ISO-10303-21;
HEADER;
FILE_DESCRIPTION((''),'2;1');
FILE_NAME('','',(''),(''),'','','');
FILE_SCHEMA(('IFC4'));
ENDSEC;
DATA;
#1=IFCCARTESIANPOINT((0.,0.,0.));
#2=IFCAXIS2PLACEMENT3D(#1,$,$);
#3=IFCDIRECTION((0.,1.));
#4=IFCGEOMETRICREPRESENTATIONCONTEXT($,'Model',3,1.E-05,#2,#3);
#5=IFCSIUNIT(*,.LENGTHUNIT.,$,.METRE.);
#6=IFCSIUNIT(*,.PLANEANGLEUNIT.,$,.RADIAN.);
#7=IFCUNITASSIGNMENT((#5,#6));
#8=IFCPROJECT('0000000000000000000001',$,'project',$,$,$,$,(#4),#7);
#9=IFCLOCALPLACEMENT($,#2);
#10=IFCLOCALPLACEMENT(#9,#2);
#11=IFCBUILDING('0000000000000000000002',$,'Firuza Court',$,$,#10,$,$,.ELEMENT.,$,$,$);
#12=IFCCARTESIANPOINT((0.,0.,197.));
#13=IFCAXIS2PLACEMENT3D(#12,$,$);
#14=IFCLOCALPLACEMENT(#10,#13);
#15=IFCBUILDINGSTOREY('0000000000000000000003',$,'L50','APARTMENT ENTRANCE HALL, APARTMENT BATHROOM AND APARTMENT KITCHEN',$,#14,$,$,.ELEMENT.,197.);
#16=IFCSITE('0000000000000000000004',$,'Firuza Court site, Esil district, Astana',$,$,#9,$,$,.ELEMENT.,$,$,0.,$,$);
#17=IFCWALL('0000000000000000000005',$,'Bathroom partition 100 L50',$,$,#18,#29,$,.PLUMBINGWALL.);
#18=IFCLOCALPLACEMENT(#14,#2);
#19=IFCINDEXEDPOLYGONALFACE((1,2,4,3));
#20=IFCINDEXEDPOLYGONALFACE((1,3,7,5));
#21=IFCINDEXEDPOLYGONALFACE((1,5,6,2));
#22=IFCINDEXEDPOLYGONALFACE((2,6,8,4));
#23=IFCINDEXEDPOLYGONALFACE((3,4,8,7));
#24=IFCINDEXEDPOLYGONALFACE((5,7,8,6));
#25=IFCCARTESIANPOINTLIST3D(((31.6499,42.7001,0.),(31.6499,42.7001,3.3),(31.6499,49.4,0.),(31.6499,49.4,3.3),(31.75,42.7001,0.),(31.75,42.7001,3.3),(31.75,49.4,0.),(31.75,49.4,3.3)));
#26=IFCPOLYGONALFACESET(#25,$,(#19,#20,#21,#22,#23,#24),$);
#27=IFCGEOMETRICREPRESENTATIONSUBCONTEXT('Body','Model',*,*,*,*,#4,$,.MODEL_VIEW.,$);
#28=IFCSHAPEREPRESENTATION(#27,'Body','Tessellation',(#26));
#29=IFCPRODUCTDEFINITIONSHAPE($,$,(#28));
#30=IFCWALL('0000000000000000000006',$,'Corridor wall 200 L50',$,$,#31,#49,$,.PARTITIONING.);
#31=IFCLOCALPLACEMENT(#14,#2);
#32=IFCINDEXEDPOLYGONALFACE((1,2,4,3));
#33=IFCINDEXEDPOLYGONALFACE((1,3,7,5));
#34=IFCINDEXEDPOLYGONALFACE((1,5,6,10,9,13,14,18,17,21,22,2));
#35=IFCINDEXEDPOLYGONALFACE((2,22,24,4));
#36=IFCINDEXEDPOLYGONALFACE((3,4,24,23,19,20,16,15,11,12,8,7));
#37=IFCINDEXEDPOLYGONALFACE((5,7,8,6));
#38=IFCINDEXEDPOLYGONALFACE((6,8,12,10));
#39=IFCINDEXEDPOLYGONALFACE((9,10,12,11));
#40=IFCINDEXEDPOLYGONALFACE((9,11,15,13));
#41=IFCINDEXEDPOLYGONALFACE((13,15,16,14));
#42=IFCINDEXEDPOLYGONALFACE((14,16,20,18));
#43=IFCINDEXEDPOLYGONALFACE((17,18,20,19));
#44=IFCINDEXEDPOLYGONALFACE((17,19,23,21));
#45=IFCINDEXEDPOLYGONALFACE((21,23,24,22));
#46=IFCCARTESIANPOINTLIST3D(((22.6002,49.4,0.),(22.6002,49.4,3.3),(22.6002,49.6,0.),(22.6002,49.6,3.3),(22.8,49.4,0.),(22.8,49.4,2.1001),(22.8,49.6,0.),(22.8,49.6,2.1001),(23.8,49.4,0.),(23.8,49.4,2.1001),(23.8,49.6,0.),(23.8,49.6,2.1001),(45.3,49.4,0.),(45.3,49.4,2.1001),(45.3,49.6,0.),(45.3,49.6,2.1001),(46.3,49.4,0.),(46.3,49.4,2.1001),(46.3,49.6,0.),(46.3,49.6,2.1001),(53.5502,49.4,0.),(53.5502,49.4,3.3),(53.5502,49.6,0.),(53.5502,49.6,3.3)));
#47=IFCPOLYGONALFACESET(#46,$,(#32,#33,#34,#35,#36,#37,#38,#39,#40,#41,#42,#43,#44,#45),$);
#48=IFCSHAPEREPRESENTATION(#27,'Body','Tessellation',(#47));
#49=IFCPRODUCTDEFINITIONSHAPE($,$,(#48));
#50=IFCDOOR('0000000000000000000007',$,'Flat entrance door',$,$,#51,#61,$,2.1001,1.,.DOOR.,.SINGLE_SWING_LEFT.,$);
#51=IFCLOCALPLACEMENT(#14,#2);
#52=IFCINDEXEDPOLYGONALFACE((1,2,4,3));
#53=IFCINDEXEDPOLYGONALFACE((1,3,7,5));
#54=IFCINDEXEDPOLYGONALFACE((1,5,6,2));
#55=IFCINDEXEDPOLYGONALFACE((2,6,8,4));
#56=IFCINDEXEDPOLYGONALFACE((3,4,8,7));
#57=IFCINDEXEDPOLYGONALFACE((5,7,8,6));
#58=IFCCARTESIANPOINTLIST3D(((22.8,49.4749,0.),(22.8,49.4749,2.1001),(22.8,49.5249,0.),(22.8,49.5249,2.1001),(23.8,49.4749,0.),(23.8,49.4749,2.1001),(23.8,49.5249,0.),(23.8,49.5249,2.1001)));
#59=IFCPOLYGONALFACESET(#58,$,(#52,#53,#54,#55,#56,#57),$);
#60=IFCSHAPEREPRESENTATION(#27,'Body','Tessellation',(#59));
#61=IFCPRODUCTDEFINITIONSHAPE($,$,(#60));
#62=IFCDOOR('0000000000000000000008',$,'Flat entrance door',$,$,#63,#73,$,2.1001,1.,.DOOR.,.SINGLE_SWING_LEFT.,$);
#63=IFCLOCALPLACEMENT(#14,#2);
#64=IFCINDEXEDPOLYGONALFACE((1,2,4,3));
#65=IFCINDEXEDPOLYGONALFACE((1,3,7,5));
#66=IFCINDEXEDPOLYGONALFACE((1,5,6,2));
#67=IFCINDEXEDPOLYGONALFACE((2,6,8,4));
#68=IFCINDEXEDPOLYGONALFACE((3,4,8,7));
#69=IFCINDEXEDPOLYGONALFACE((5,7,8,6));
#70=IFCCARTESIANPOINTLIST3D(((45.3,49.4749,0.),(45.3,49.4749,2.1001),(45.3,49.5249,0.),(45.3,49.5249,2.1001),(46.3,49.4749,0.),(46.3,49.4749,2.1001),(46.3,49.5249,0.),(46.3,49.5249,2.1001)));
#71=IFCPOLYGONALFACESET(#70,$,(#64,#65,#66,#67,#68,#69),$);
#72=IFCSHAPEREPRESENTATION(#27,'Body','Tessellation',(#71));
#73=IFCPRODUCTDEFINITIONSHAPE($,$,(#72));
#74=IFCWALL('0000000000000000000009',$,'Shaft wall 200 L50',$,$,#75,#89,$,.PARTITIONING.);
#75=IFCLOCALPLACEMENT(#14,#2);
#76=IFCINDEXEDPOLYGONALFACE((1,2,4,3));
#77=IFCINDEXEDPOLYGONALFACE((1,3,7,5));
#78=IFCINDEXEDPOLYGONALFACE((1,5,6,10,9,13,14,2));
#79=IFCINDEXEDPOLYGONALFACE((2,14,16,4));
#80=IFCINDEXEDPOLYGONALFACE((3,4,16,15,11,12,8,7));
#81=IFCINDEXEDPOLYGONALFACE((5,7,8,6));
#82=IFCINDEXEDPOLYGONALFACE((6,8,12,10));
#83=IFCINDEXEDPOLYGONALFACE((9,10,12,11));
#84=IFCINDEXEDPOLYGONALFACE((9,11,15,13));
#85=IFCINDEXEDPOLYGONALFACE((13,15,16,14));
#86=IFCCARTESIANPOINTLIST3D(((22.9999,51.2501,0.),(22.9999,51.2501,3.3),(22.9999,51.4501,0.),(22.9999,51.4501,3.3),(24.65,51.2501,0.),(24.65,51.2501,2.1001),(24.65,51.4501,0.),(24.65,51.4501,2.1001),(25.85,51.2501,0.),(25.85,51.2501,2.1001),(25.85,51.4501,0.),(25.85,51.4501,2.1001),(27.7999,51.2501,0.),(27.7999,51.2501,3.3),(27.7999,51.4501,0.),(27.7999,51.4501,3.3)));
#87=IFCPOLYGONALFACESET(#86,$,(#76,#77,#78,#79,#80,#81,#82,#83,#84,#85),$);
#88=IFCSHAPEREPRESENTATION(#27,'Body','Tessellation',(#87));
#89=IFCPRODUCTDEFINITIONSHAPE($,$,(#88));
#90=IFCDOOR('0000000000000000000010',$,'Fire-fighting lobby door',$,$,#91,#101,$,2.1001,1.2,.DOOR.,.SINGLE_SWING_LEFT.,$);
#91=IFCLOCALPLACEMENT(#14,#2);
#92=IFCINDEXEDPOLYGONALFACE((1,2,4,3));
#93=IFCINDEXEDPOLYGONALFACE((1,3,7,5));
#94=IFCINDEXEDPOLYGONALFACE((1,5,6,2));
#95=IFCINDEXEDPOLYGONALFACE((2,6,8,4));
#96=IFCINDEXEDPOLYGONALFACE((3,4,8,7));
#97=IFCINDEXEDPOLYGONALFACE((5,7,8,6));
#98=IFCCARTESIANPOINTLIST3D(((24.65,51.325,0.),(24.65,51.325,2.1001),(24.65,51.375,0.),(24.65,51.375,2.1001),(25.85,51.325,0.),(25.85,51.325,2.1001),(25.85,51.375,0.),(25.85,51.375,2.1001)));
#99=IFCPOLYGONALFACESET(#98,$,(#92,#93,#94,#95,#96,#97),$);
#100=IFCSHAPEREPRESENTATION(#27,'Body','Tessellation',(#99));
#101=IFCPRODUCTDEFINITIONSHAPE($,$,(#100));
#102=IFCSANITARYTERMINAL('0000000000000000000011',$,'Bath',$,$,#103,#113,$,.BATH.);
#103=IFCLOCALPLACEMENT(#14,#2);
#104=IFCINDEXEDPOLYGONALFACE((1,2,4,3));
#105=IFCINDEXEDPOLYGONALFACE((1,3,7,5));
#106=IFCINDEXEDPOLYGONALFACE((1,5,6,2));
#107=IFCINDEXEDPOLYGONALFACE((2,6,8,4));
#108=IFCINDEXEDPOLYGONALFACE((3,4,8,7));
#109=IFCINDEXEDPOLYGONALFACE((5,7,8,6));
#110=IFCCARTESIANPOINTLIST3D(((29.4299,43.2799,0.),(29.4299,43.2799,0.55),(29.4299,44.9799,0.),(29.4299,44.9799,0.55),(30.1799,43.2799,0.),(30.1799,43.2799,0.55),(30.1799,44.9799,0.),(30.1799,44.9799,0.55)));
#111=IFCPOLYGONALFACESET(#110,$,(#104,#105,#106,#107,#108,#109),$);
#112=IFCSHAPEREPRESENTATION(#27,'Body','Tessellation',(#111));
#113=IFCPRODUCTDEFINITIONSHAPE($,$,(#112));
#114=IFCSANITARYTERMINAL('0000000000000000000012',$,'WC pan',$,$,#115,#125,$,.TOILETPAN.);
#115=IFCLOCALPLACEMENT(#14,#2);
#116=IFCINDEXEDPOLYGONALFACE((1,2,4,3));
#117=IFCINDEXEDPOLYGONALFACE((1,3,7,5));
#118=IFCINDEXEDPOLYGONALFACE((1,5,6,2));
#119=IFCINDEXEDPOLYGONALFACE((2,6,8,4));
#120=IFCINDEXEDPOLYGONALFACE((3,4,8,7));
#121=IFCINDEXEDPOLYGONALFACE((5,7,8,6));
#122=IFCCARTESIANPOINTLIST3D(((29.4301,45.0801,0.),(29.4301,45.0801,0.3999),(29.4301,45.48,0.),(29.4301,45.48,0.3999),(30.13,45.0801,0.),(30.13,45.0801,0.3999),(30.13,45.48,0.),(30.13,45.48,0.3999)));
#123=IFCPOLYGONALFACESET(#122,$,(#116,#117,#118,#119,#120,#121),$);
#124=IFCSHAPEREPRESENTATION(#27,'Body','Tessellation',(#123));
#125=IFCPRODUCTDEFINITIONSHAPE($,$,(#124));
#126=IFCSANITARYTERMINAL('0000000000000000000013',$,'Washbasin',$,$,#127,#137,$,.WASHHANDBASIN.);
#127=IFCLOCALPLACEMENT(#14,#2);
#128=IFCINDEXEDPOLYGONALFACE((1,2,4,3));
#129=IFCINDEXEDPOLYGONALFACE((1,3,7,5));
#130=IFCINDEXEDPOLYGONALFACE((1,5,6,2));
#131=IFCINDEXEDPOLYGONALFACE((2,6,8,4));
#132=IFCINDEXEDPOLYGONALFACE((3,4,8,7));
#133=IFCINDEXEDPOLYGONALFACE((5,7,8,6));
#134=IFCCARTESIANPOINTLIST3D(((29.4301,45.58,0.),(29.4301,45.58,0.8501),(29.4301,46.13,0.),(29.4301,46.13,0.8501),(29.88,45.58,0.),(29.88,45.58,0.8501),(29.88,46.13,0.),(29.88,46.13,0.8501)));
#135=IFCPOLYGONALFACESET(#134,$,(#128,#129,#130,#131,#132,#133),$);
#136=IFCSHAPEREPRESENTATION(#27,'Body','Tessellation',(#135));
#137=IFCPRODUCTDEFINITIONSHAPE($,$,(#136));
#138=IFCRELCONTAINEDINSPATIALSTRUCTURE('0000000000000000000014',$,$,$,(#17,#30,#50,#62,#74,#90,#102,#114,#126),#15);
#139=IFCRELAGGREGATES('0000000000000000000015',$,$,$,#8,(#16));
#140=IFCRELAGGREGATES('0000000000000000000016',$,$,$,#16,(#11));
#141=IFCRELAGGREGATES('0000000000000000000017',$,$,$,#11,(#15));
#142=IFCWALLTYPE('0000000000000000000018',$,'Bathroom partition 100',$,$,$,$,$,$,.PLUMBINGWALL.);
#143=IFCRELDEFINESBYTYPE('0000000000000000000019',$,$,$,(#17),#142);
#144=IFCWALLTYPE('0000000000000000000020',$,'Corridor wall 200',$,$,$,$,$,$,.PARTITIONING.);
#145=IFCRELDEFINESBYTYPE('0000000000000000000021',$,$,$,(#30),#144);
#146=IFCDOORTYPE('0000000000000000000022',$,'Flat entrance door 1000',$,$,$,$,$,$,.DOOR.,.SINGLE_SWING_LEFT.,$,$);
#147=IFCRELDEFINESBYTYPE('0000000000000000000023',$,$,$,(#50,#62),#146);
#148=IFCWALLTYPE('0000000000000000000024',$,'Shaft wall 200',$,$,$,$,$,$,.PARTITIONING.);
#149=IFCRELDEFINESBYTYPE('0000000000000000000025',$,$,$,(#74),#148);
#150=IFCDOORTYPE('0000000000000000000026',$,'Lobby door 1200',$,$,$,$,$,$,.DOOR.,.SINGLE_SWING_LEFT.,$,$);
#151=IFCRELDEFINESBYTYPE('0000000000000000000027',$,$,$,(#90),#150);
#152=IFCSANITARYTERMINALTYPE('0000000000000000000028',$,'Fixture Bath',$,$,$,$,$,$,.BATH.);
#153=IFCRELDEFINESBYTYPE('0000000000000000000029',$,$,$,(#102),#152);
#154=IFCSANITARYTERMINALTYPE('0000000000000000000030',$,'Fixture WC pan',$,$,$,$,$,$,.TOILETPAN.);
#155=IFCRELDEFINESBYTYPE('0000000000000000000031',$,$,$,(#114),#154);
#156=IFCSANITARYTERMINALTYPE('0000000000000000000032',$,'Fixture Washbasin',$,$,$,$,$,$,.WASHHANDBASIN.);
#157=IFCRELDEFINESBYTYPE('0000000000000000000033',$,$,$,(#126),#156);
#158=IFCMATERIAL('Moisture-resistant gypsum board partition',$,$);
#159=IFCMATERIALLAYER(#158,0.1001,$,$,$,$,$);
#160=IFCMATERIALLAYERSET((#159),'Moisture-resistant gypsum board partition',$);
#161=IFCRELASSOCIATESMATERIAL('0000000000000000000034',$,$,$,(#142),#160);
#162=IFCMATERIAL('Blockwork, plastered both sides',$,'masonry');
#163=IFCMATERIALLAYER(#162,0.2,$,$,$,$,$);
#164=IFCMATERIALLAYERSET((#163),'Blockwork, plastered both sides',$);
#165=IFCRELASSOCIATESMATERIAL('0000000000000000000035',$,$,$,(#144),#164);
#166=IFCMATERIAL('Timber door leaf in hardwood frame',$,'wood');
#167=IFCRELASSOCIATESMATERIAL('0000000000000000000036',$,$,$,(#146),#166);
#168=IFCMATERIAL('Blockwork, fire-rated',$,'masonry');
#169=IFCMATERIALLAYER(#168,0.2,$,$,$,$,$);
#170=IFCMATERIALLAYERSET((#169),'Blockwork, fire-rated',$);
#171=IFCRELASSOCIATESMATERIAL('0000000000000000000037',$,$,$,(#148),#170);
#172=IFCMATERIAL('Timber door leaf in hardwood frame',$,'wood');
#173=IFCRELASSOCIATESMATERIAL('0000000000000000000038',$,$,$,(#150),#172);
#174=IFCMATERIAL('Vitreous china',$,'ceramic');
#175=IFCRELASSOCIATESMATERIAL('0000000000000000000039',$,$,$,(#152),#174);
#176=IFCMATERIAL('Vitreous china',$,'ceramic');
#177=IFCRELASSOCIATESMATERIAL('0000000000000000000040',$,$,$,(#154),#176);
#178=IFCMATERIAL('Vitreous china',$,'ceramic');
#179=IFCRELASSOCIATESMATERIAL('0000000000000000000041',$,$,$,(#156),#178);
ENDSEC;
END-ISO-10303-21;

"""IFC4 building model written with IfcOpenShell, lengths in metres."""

from ifc_helpers import new_model, si_unit, direction, frame, frame_2d, origin, origin_2d, place, context, subcontext, project, spatial, rectangle, extrude, material, layer, layer_set, type_object, element, fill, save


model = new_model("IFC4")

# Units and contexts
model_context = context("Model", 3, precision=1e-05, world=origin(), true_north=direction((0.0, 1.0)))
body_context = subcontext(model_context, "Body", "Model", "MODEL_VIEW")
ifc_project = project(units=[si_unit("LENGTHUNIT", "METRE"), si_unit("PLANEANGLEUNIT", "RADIAN")], contexts=[model_context])

# Site, building, storey
site_placement = place(None, origin())
site = spatial("IfcSite", under=ifc_project, at=site_placement, Name="Firuza Court site, Esil district, Astana", CompositionType="ELEMENT", RefElevation=0.0)
building_placement = place(site_placement, origin())
building = spatial("IfcBuilding", under=site, at=building_placement, Name="Firuza Court", CompositionType="ELEMENT")
storey_placement = place(building_placement, frame((0.0, 0.0, 197.0)))
storey = spatial("IfcBuildingStorey", under=building, at=storey_placement, Name="L50", Description="APARTMENT ENTRANCE HALL, APARTMENT BATHROOM AND APARTMENT KITCHEN", CompositionType="ELEMENT", Elevation=197.0)

# Wall
ifc_material_1 = material(Name="Moisture-resistant gypsum board partition")
ifc_layer_1 = layer(ifc_material_1, 0.1001)
ifc_layer_set_1 = layer_set([ifc_layer_1], Name="Moisture-resistant gypsum board partition")
wall_type_1 = type_object("IfcWallType", Name="Bathroom partition 100", PredefinedType="PLUMBINGWALL", material=ifc_layer_set_1)
wall_1_placement = place(storey_placement, frame((31.7, 42.7, 0.0), z_axis=(0.0, 0.0, 1.0), x_axis=(0.0, 1.0, 0.0)))
element("IfcWall", 1, at=wall_1_placement, inside=storey, type_object=wall_type_1, Name="Bathroom partition 100 L50", PredefinedType="PLUMBINGWALL", context=body_context, shape_type="SweptSolid", body=[
    extrude(rectangle(XDim=6.7, YDim=0.1001, at=frame_2d((3.3501, 0.0))), origin(), (0.0, 0.0, 1.0), 3.3),
])

# Wall, openings, doors
ifc_material_2 = material(Name="Blockwork, plastered both sides", Category="masonry")
ifc_layer_2 = layer(ifc_material_2, 0.2)
ifc_layer_set_2 = layer_set([ifc_layer_2], Name="Blockwork, plastered both sides")
wall_type_2 = type_object("IfcWallType", Name="Corridor wall 200", PredefinedType="PARTITIONING", material=ifc_layer_set_2)
wall_2_placement = place(storey_placement, frame((22.6001, 49.5, 0.0), z_axis=(0.0, 0.0, 1.0), x_axis=(1.0, 0.0, 0.0)))
wall_2 = element("IfcWall", 2, at=wall_2_placement, inside=storey, type_object=wall_type_2, Name="Corridor wall 200 L50", PredefinedType="PARTITIONING", context=body_context, shape_type="SweptSolid", body=[
    extrude(rectangle(XDim=30.95, YDim=0.2, at=frame_2d((15.4751, 0.0))), origin(), (0.0, 0.0, 1.0), 3.3),
])
opening_1_placement = place(wall_2_placement, frame((0.2, 0.0, 0.0)))
opening_1 = element("IfcOpeningElement", 3, at=opening_1_placement, cuts=wall_2, PredefinedType="OPENING", context=body_context, shape_type="SweptSolid", body=[
    extrude(rectangle(XDim=1.0, YDim=2.1001, at=frame_2d((0.5, 1.05))), frame((0.0, 0.1118, 0.0), z_axis=(0.0, -1.0, 0.0), x_axis=(1.0, 0.0, 0.0)), (0.0, 0.0, 1.0), 0.2239),
])
opening_2_placement = place(wall_2_placement, frame((22.7, 0.0, 0.0)))
opening_2 = element("IfcOpeningElement", 4, at=opening_2_placement, cuts=wall_2, PredefinedType="OPENING", context=body_context, shape_type="SweptSolid", body=[
    extrude(rectangle(XDim=1.0, YDim=2.1001, at=frame_2d((0.5, 1.05))), frame((0.0, 0.1118, 0.0), z_axis=(0.0, -1.0, 0.0), x_axis=(1.0, 0.0, 0.0)), (0.0, 0.0, 1.0), 0.2239),
])
ifc_material_3 = material(Name="Timber door leaf in hardwood frame", Category="wood")
door_type_1 = type_object("IfcDoorType", Name="Flat entrance door 1000", OperationType="SINGLE_SWING_LEFT", PredefinedType="DOOR", material=ifc_material_3)
door_1_placement = place(opening_1_placement, origin())
door_1 = element("IfcDoor", 5, at=door_1_placement, inside=storey, type_object=door_type_1, Name="Flat entrance door", OperationType="SINGLE_SWING_LEFT", OverallHeight=2.1001, OverallWidth=1.0, PredefinedType="DOOR", context=body_context, shape_type="SweptSolid", body=[
    extrude(rectangle(XDim=1.0, YDim=2.1001, at=frame_2d((0.5, 1.05))), frame((0.0, 0.0249, 0.0), z_axis=(0.0, -1.0, 0.0), x_axis=(1.0, 0.0, 0.0)), (0.0, 0.0, 1.0), 0.05),
])
fill(opening_1, door_1)
door_2_placement = place(opening_2_placement, origin())
door_2 = element("IfcDoor", 6, at=door_2_placement, inside=storey, type_object=door_type_1, Name="Flat entrance door", OperationType="SINGLE_SWING_LEFT", OverallHeight=2.1001, OverallWidth=1.0, PredefinedType="DOOR", context=body_context, shape_type="SweptSolid", body=[
    extrude(rectangle(XDim=1.0, YDim=2.1001, at=frame_2d((0.5, 1.05))), frame((0.0, 0.0249, 0.0), z_axis=(0.0, -1.0, 0.0), x_axis=(1.0, 0.0, 0.0)), (0.0, 0.0, 1.0), 0.05),
])
fill(opening_2, door_2)

# Wall, opening, door
ifc_material_4 = material(Name="Blockwork, fire-rated", Category="masonry")
ifc_layer_3 = layer(ifc_material_4, 0.2)
ifc_layer_set_3 = layer_set([ifc_layer_3], Name="Blockwork, fire-rated")
wall_type_3 = type_object("IfcWallType", Name="Shaft wall 200", PredefinedType="PARTITIONING", material=ifc_layer_set_3)
wall_3_placement = place(storey_placement, frame((23.0, 51.3501, 0.0), z_axis=(0.0, 0.0, 1.0), x_axis=(1.0, 0.0, 0.0)))
wall_3 = element("IfcWall", 7, at=wall_3_placement, inside=storey, type_object=wall_type_3, Name="Shaft wall 200 L50", PredefinedType="PARTITIONING", context=body_context, shape_type="SweptSolid", body=[
    extrude(rectangle(XDim=4.8, YDim=0.2, at=frame_2d((2.3999, 0.0))), origin(), (0.0, 0.0, 1.0), 3.3),
])
opening_3_placement = place(wall_3_placement, frame((1.6499, 0.0, 0.0)))
opening_3 = element("IfcOpeningElement", 8, at=opening_3_placement, cuts=wall_3, PredefinedType="OPENING", context=body_context, shape_type="SweptSolid", body=[
    extrude(rectangle(XDim=1.2, YDim=2.1001, at=frame_2d((0.6001, 1.05))), frame((0.0, 0.1118, 0.0), z_axis=(0.0, -1.0, 0.0), x_axis=(1.0, 0.0, 0.0)), (0.0, 0.0, 1.0), 0.2239),
])
ifc_material_5 = material(Name="Timber door leaf in hardwood frame", Category="wood")
door_type_2 = type_object("IfcDoorType", Name="Lobby door 1200", OperationType="SINGLE_SWING_LEFT", PredefinedType="DOOR", material=ifc_material_5)
door_3_placement = place(opening_3_placement, origin())
door_3 = element("IfcDoor", 9, at=door_3_placement, inside=storey, type_object=door_type_2, Name="Fire-fighting lobby door", OperationType="SINGLE_SWING_LEFT", OverallHeight=2.1001, OverallWidth=1.2, PredefinedType="DOOR", context=body_context, shape_type="SweptSolid", body=[
    extrude(rectangle(XDim=1.2, YDim=2.1001, at=frame_2d((0.6001, 1.05))), frame((0.0, 0.0249, 0.0), z_axis=(0.0, -1.0, 0.0), x_axis=(1.0, 0.0, 0.0)), (0.0, 0.0, 1.0), 0.05),
])
fill(opening_3, door_3)

# Sanitary terminals
ifc_material_6 = material(Name="Vitreous china", Category="ceramic")
sanitary_terminal_type_1 = type_object("IfcSanitaryTerminalType", Name="Fixture Bath", PredefinedType="BATH", material=ifc_material_6)
sanitary_terminal_1_placement = place(storey_placement, frame((29.8049, 44.1299, 0.0), z_axis=(0.0, 0.0, 1.0), x_axis=(1.0, 0.0, 0.0)))
element("IfcSanitaryTerminal", 10, at=sanitary_terminal_1_placement, inside=storey, type_object=sanitary_terminal_type_1, Name="Bath", PredefinedType="BATH", context=body_context, shape_type="SweptSolid", body=[
    extrude(rectangle(XDim=0.75, YDim=1.7, at=origin_2d()), origin(), (0.0, 0.0, 1.0), 0.55),
])
ifc_material_7 = material(Name="Vitreous china", Category="ceramic")
sanitary_terminal_type_2 = type_object("IfcSanitaryTerminalType", Name="Fixture WC pan", PredefinedType="TOILETPAN", material=ifc_material_7)
sanitary_terminal_2_placement = place(storey_placement, frame((29.78, 45.28, 0.0), z_axis=(0.0, 0.0, 1.0), x_axis=(1.0, 0.0, 0.0)))
element("IfcSanitaryTerminal", 11, at=sanitary_terminal_2_placement, inside=storey, type_object=sanitary_terminal_type_2, Name="WC pan", PredefinedType="TOILETPAN", context=body_context, shape_type="SweptSolid", body=[
    extrude(rectangle(XDim=0.7, YDim=0.3999, at=origin_2d()), origin(), (0.0, 0.0, 1.0), 0.3999),
])
ifc_material_8 = material(Name="Vitreous china", Category="ceramic")
sanitary_terminal_type_3 = type_object("IfcSanitaryTerminalType", Name="Fixture Washbasin", PredefinedType="WASHHANDBASIN", material=ifc_material_8)
sanitary_terminal_3_placement = place(storey_placement, frame((29.655, 45.855, 0.0), z_axis=(0.0, 0.0, 1.0), x_axis=(1.0, 0.0, 0.0)))
element("IfcSanitaryTerminal", 12, at=sanitary_terminal_3_placement, inside=storey, type_object=sanitary_terminal_type_3, Name="Washbasin", PredefinedType="WASHHANDBASIN", context=body_context, shape_type="SweptSolid", body=[
    extrude(rectangle(XDim=0.45, YDim=0.55, at=origin_2d()), origin(), (0.0, 0.0, 1.0), 0.8501),
])

save(model, "model.ifc")
